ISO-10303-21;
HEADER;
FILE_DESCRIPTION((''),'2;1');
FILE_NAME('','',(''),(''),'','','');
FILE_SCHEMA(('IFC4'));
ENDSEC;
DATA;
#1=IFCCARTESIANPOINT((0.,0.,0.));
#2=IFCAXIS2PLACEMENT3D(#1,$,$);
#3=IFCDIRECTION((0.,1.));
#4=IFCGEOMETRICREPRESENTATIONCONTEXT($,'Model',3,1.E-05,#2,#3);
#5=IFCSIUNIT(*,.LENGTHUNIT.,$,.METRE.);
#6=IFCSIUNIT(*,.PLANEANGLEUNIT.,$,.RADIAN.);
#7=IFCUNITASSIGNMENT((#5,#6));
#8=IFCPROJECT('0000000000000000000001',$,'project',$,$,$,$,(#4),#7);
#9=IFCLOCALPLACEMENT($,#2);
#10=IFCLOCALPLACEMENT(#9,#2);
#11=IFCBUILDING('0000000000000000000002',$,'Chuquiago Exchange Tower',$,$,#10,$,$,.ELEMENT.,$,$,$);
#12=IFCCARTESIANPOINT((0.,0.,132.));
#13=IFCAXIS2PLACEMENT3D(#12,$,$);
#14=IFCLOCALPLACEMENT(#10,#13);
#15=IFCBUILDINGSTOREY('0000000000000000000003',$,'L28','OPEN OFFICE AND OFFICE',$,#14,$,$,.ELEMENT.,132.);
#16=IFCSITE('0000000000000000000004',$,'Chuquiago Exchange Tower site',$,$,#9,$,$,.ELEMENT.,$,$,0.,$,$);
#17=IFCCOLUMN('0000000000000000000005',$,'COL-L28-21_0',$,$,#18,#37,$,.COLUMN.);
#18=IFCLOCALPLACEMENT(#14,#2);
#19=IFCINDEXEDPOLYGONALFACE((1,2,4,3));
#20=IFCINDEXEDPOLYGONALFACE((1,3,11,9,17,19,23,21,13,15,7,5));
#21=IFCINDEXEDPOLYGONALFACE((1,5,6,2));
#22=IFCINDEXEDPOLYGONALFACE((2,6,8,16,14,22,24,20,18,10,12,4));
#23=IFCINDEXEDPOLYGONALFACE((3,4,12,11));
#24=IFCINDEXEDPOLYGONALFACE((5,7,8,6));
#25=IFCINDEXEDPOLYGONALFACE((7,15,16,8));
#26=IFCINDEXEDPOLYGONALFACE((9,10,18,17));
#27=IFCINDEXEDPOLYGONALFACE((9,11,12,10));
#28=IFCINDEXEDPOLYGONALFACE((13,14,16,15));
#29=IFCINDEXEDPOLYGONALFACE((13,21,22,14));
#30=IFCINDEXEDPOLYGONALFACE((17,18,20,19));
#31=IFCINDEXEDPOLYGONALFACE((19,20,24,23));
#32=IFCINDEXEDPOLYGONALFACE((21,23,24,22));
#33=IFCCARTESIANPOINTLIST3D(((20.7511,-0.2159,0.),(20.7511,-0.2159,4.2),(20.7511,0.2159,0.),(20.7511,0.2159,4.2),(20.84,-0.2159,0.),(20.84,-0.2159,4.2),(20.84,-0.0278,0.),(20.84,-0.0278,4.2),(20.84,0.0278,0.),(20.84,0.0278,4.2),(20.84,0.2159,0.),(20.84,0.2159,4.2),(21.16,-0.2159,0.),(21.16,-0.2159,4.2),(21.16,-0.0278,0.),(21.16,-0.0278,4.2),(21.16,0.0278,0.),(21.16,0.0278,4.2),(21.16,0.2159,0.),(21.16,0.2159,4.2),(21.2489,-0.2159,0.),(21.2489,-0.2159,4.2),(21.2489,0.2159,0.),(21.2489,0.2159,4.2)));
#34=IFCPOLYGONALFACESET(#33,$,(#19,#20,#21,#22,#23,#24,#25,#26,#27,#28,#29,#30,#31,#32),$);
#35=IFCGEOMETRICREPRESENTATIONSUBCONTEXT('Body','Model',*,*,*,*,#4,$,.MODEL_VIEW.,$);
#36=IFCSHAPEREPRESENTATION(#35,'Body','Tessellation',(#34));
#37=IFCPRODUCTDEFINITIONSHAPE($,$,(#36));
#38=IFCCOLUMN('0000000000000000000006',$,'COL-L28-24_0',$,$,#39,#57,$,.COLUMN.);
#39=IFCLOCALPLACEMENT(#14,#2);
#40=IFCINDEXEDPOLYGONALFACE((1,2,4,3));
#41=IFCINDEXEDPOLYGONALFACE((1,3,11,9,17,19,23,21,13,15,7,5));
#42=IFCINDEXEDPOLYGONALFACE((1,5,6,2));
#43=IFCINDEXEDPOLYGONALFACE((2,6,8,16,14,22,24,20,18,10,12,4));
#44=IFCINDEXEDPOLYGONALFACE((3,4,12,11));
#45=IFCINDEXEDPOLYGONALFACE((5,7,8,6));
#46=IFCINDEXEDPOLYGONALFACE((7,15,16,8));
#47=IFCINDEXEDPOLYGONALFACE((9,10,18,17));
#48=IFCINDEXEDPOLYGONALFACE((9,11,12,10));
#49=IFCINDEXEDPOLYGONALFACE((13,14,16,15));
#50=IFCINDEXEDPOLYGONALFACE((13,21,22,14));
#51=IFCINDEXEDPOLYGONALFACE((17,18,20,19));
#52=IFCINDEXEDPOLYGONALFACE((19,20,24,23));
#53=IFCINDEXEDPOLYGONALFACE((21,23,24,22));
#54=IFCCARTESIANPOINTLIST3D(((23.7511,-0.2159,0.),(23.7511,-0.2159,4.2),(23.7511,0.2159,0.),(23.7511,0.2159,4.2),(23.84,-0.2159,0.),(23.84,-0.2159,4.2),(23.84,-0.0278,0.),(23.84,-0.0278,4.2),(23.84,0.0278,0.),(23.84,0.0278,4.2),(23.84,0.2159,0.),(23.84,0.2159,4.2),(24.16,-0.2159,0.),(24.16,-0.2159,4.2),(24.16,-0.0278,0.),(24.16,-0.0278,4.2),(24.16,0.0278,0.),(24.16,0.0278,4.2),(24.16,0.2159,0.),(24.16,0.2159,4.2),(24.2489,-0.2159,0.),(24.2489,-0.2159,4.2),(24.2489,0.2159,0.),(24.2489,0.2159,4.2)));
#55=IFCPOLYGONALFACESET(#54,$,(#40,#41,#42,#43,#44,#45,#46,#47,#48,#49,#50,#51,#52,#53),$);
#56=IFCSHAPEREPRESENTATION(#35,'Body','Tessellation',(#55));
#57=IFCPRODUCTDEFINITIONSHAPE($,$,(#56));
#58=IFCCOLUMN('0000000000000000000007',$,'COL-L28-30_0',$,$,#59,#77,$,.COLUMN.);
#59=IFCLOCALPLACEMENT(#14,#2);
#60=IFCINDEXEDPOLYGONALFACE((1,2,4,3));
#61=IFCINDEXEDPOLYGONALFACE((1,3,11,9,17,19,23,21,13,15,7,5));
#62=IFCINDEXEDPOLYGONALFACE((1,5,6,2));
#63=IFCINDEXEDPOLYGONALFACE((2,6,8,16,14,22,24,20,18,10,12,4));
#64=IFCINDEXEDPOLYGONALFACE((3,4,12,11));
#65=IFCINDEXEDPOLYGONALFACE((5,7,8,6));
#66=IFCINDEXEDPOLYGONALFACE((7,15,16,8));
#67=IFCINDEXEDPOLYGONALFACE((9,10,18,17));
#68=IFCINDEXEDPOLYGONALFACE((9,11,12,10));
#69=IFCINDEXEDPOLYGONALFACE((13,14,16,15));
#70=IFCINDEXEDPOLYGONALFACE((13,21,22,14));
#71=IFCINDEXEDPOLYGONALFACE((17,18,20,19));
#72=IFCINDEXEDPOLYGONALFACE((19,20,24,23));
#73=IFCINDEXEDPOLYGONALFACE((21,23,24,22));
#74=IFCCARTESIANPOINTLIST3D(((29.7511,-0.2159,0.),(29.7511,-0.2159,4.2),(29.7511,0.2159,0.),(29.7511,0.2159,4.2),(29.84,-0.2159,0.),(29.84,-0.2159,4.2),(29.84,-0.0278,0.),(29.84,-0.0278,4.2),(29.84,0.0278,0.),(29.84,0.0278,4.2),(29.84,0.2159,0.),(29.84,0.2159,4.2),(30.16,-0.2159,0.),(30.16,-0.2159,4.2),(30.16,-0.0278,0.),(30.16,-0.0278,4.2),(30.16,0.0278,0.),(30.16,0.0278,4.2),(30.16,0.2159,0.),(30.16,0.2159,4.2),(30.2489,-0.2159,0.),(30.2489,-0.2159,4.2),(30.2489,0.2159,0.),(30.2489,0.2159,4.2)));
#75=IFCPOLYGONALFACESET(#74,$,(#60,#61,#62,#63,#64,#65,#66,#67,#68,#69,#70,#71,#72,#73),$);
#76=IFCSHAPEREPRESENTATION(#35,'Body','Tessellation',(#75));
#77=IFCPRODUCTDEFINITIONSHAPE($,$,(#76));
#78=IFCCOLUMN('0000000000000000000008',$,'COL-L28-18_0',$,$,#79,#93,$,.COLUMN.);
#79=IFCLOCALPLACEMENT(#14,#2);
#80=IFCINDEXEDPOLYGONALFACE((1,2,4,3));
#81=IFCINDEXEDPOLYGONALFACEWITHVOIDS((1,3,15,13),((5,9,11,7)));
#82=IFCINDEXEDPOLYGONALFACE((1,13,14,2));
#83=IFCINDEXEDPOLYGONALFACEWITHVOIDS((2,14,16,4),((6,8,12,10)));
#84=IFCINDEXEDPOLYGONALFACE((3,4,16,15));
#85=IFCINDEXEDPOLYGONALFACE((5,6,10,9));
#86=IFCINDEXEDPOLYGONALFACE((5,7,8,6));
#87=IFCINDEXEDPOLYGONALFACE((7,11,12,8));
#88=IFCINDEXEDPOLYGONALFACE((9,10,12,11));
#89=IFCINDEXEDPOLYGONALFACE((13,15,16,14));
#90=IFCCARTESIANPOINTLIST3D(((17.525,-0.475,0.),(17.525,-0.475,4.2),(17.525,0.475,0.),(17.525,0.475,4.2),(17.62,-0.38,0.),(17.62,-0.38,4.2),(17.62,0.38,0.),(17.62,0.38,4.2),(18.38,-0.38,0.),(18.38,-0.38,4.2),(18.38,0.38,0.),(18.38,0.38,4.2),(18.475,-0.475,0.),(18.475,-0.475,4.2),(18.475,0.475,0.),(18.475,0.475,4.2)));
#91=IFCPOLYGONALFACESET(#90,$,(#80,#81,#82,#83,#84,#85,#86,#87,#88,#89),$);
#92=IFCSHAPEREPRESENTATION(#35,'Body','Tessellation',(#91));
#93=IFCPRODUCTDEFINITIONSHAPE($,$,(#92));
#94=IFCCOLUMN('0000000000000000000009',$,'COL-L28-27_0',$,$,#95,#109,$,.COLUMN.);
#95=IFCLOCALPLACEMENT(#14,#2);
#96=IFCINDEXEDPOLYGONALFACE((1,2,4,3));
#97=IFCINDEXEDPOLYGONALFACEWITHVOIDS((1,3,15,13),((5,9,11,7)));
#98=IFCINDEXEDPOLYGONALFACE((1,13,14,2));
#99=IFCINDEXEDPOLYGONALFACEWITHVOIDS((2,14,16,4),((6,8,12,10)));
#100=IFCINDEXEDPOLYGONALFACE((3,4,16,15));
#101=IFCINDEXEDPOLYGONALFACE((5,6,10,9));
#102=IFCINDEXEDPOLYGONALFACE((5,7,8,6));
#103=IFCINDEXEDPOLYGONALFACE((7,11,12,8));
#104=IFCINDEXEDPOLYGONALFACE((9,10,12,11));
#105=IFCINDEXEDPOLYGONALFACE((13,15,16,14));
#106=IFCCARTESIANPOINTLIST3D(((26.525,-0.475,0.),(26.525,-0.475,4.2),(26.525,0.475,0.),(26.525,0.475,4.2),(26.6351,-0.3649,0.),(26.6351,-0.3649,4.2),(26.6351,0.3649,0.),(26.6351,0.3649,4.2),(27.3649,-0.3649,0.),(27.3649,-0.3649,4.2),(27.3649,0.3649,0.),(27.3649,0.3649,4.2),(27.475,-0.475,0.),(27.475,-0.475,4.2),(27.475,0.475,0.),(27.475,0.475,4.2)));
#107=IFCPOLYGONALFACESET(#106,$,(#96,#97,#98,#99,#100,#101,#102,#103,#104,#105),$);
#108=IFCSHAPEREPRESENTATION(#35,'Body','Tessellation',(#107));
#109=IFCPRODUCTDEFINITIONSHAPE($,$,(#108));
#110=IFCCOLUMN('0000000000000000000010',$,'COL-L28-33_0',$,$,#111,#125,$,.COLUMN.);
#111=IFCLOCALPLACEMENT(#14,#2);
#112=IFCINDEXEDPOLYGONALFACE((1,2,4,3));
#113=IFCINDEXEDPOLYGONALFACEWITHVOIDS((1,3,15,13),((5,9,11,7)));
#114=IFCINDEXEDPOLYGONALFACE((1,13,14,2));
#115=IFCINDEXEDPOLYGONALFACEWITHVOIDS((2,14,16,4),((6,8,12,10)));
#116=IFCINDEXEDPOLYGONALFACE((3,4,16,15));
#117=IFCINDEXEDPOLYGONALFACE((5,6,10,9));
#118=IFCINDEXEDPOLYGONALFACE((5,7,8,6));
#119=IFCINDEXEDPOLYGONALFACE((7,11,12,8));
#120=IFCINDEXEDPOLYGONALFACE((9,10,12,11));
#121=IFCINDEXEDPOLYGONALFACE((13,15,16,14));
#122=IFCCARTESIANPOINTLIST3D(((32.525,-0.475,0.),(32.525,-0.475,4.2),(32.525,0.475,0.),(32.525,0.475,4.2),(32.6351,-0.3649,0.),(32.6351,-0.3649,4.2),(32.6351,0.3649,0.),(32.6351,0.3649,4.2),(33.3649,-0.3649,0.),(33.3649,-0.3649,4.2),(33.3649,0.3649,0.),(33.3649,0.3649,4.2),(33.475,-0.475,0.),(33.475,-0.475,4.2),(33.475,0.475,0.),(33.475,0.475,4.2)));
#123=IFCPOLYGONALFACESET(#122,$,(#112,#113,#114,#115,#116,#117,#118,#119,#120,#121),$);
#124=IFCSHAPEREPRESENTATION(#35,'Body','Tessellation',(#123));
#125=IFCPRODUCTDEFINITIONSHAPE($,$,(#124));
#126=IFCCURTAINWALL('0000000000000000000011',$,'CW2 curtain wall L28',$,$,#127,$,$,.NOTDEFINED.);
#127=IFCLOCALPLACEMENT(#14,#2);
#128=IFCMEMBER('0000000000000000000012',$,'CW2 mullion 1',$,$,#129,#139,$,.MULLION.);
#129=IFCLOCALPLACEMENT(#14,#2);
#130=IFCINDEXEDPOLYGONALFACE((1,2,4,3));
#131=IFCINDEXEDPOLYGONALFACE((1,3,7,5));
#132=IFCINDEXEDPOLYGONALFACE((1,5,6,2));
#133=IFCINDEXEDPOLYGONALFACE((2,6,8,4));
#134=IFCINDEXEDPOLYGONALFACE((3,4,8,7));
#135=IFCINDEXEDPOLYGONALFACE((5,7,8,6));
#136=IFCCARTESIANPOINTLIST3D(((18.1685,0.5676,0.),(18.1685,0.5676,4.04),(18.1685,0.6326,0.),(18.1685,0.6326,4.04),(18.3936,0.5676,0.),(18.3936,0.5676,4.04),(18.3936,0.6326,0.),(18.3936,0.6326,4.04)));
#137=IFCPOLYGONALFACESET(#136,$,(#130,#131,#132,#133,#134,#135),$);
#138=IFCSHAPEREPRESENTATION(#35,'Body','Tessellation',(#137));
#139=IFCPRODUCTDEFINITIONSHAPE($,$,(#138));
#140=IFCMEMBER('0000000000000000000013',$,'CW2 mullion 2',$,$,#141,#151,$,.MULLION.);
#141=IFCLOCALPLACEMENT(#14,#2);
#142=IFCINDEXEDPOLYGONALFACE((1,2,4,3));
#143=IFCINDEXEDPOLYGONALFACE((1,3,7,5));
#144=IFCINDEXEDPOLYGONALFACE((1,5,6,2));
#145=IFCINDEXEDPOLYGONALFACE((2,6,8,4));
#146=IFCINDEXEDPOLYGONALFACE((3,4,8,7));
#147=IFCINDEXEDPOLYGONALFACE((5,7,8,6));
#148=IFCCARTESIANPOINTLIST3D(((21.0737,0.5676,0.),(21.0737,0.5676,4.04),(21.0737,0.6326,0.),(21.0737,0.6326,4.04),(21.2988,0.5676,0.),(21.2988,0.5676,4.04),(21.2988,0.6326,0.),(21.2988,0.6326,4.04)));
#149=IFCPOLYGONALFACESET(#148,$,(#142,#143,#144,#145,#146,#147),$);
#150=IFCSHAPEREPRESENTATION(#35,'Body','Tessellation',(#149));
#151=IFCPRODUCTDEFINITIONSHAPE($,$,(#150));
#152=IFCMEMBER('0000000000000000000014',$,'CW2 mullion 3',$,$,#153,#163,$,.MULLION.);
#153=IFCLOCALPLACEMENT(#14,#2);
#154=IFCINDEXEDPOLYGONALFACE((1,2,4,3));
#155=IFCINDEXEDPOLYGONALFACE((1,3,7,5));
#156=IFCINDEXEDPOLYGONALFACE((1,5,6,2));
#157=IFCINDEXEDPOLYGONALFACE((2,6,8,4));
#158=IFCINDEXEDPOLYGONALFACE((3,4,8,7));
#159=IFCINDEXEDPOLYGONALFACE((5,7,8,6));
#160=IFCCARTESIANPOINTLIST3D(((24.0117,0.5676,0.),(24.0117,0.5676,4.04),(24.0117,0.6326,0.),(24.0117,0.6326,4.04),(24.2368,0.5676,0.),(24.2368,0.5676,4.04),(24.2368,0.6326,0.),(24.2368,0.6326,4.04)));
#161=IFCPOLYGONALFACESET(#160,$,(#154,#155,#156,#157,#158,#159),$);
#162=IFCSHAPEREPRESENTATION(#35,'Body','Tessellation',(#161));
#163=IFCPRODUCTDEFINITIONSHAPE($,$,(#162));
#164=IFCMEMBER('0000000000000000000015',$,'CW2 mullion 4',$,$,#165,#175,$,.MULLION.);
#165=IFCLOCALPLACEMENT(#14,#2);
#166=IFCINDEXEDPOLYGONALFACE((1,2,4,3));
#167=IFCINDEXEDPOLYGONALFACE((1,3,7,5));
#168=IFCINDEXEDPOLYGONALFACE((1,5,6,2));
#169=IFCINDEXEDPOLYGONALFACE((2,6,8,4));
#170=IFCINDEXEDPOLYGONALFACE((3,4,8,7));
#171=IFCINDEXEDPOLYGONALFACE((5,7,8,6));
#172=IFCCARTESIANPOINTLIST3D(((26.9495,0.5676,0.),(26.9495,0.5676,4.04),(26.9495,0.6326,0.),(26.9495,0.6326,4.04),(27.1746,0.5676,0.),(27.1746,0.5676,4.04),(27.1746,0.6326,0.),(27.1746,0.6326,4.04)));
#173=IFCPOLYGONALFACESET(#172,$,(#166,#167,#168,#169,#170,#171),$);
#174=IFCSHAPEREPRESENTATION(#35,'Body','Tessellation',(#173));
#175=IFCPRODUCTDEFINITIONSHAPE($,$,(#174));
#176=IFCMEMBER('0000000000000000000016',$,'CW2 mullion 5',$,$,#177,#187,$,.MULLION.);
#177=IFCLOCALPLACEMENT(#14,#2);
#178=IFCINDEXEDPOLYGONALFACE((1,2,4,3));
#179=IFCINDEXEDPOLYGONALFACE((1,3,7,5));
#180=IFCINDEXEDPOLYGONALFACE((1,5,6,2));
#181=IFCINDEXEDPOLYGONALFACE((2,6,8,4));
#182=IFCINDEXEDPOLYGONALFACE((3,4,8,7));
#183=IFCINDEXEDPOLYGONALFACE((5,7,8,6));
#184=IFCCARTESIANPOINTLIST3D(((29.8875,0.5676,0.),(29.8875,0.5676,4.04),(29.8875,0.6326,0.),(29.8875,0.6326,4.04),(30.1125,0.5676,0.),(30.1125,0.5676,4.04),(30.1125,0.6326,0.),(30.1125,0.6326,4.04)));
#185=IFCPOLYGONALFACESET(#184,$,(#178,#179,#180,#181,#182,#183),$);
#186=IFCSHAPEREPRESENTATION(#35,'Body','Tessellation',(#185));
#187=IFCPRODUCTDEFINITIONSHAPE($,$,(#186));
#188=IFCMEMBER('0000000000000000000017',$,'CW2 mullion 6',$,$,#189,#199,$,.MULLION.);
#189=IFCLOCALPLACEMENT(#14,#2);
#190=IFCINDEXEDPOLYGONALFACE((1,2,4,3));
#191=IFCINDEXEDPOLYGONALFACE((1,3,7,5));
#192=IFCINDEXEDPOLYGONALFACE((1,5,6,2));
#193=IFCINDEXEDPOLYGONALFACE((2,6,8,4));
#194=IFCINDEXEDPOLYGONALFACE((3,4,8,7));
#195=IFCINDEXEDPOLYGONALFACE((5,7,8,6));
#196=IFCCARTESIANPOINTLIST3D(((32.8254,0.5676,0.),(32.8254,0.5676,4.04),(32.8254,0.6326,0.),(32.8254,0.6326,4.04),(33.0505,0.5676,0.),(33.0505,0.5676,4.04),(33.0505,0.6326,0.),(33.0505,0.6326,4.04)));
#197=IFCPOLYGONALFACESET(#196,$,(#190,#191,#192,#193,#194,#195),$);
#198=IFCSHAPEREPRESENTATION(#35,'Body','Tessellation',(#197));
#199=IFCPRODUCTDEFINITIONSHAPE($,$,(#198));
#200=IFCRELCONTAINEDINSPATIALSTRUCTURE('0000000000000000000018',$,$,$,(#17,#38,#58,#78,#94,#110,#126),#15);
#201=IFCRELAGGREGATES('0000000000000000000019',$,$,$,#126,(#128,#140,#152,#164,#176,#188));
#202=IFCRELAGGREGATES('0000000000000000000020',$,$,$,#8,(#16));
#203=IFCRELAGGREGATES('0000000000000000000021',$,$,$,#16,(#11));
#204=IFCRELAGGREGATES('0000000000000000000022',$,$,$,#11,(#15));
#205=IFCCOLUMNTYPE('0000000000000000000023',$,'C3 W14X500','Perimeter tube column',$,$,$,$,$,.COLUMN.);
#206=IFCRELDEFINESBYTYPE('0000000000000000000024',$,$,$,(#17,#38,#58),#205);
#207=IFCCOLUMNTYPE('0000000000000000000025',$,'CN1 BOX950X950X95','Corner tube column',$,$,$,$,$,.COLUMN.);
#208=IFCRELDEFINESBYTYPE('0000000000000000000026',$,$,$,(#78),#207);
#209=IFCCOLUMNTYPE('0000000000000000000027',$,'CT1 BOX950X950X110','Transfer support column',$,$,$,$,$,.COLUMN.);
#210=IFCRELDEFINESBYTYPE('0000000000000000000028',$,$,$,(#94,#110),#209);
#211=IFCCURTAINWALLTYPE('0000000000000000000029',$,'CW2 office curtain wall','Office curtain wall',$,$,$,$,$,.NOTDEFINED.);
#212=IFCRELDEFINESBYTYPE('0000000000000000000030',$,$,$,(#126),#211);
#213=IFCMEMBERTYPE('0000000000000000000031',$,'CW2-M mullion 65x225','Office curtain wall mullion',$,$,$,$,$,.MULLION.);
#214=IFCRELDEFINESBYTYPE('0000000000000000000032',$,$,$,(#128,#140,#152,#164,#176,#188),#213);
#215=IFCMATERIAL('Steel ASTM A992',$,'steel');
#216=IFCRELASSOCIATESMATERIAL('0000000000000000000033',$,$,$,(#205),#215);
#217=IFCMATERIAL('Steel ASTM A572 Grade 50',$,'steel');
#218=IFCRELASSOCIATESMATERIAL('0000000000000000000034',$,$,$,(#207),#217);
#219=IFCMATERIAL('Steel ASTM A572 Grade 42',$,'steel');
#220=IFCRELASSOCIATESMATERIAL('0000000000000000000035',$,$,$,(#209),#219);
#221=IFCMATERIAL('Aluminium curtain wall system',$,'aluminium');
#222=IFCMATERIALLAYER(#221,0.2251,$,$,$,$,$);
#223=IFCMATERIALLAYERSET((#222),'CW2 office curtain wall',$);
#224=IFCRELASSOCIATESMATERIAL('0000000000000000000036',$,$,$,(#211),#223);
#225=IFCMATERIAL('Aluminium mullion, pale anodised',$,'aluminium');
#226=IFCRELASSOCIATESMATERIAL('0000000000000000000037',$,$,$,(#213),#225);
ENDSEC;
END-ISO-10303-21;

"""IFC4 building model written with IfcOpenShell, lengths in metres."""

from ifc_helpers import new_model, si_unit, direction, frame, origin, origin_2d, place, context, subcontext, project, spatial, rectangle, hollow_rectangle, i_section, extrude, material, layer, layer_set, material_profile, profile_set, type_object, element, aggregate, save


model = new_model("IFC4")

# Units and contexts
model_context = context("Model", 3, precision=1e-05, world=origin(), true_north=direction((0.0, 1.0)))
body_context = subcontext(model_context, "Body", "Model", "MODEL_VIEW")
ifc_project = project(units=[si_unit("LENGTHUNIT", "METRE"), si_unit("PLANEANGLEUNIT", "RADIAN")], contexts=[model_context])

# Site, building, storey
site_placement = place(None, origin())
site = spatial("IfcSite", under=ifc_project, at=site_placement, Name="Chuquiago Exchange Tower site", CompositionType="ELEMENT", RefElevation=0.0)
building_placement = place(site_placement, origin())
building = spatial("IfcBuilding", under=site, at=building_placement, Name="Chuquiago Exchange Tower", CompositionType="ELEMENT")
storey_placement = place(building_placement, frame((0.0, 0.0, 132.0)))
storey = spatial("IfcBuildingStorey", under=building, at=storey_placement, Name="L28", Description="OPEN OFFICE AND OFFICE", CompositionType="ELEMENT", Elevation=132.0)

# Columns
ifc_material_1 = material(Name="Steel ASTM A992", Category="steel")
ifc_material_profile_1 = material_profile(ifc_material_1, i_section(OverallWidth=0.4319, OverallDepth=0.4978, WebThickness=0.0557, FlangeThickness=0.0889, at=origin_2d()), Name="W14X500")
ifc_profile_set_1 = profile_set([ifc_material_profile_1], Name="Steel ASTM A992")
column_type_1 = type_object("IfcColumnType", Name="C3 W14X500", Description="Perimeter tube column", PredefinedType="COLUMN", material=ifc_profile_set_1)
for number, where, z_axis, x_axis, name in (
    (1, (21.0, 0.0, 0.0), (0.0, 0.0, 1.0), (0.0, -1.0, 0.0), "COL-L28-21_0"),
    (2, (24.0, 0.0, 0.0), (0.0, 0.0, 1.0), (0.0, -1.0, 0.0), "COL-L28-24_0"),
    (3, (30.0, 0.0, 0.0), (0.0, 0.0, 1.0), (0.0, -1.0, 0.0), "COL-L28-30_0"),
):
    element("IfcColumn", number, at=place(storey_placement, frame(where, z_axis=z_axis, x_axis=x_axis)), inside=storey, type_object=column_type_1, Name=name, PredefinedType="COLUMN", context=body_context, shape_type="SweptSolid", body=[
        extrude(i_section(OverallWidth=0.4319, OverallDepth=0.4978, WebThickness=0.0557, FlangeThickness=0.0889, at=origin_2d()), origin(), (0.0, 0.0, 1.0), 4.2),
    ])
ifc_material_2 = material(Name="Steel ASTM A572 Grade 50", Category="steel")
ifc_material_profile_2 = material_profile(ifc_material_2, hollow_rectangle(XDim=0.95, YDim=0.95, WallThickness=0.095, at=origin_2d()), Name="BOX950X950X95")
ifc_profile_set_2 = profile_set([ifc_material_profile_2], Name="Steel ASTM A572 Grade 50")
column_type_2 = type_object("IfcColumnType", Name="CN1 BOX950X950X95", Description="Corner tube column", PredefinedType="COLUMN", material=ifc_profile_set_2)
column_placement = place(storey_placement, frame((18.0, 0.0, 0.0), z_axis=(0.0, 0.0, 1.0), x_axis=(0.0, -1.0, 0.0)))
element("IfcColumn", 4, at=column_placement, inside=storey, type_object=column_type_2, Name="COL-L28-18_0", PredefinedType="COLUMN", context=body_context, shape_type="SweptSolid", body=[
    extrude(hollow_rectangle(XDim=0.95, YDim=0.95, WallThickness=0.095, at=origin_2d()), origin(), (0.0, 0.0, 1.0), 4.2),
])
ifc_material_3 = material(Name="Steel ASTM A572 Grade 42", Category="steel")
ifc_material_profile_3 = material_profile(ifc_material_3, hollow_rectangle(XDim=0.95, YDim=0.95, WallThickness=0.1101, at=origin_2d()), Name="BOX950X950X110")
ifc_profile_set_3 = profile_set([ifc_material_profile_3], Name="Steel ASTM A572 Grade 42")
column_type_3 = type_object("IfcColumnType", Name="CT1 BOX950X950X110", Description="Transfer support column", PredefinedType="COLUMN", material=ifc_profile_set_3)
for number, where, z_axis, x_axis, name in (
    (5, (27.0, 0.0, 0.0), (0.0, 0.0, 1.0), (0.0, -1.0, 0.0), "COL-L28-27_0"),
    (6, (33.0, 0.0, 0.0), (0.0, 0.0, 1.0), (0.0, -1.0, 0.0), "COL-L28-33_0"),
):
    element("IfcColumn", number, at=place(storey_placement, frame(where, z_axis=z_axis, x_axis=x_axis)), inside=storey, type_object=column_type_3, Name=name, PredefinedType="COLUMN", context=body_context, shape_type="SweptSolid", body=[
        extrude(hollow_rectangle(XDim=0.95, YDim=0.95, WallThickness=0.1101, at=origin_2d()), origin(), (0.0, 0.0, 1.0), 4.2),
    ])

# Curtain wall, members
ifc_material_4 = material(Name="Aluminium curtain wall system", Category="aluminium")
ifc_layer_1 = layer(ifc_material_4, 0.2251)
ifc_layer_set_1 = layer_set([ifc_layer_1], Name="CW2 office curtain wall")
curtain_wall_type_1 = type_object("IfcCurtainWallType", Name="CW2 office curtain wall", Description="Office curtain wall", PredefinedType="NOTDEFINED", material=ifc_layer_set_1)
curtain_wall_1_placement = place(storey_placement, origin())
curtain_wall_1 = element("IfcCurtainWall", 7, at=curtain_wall_1_placement, inside=storey, type_object=curtain_wall_type_1, Name="CW2 curtain wall L28", PredefinedType="NOTDEFINED")
ifc_material_5 = material(Name="Aluminium mullion, pale anodised", Category="aluminium")
ifc_material_profile_4 = material_profile(ifc_material_5, rectangle(XDim=0.0649, YDim=0.2251, at=origin_2d()), Name="AL 65x225")
ifc_profile_set_4 = profile_set([ifc_material_profile_4], Name="Aluminium mullion, pale anodised")
member_type_1 = type_object("IfcMemberType", Name="CW2-M mullion 65x225", Description="Office curtain wall mullion", PredefinedType="MULLION", material=ifc_profile_set_4)
member_1_placement = place(storey_placement, frame((18.281, 0.6001, 0.0), z_axis=(0.0, 0.0, 1.0), x_axis=(0.0, 1.0, 0.0)))
member_1 = element("IfcMember", 8, at=member_1_placement, type_object=member_type_1, Name="CW2 mullion 1", PredefinedType="MULLION", context=body_context, shape_type="SweptSolid", body=[
    extrude(rectangle(XDim=0.0649, YDim=0.2251, at=origin_2d()), origin(), (0.0, 0.0, 1.0), 4.04),
])
member_2_placement = place(storey_placement, frame((21.1863, 0.6001, 0.0), z_axis=(0.0, 0.0, 1.0), x_axis=(0.0, 1.0, 0.0)))
member_2 = element("IfcMember", 9, at=member_2_placement, type_object=member_type_1, Name="CW2 mullion 2", PredefinedType="MULLION", context=body_context, shape_type="SweptSolid", body=[
    extrude(rectangle(XDim=0.0649, YDim=0.2251, at=origin_2d()), origin(), (0.0, 0.0, 1.0), 4.04),
])
member_3_placement = place(storey_placement, frame((24.1243, 0.6001, 0.0), z_axis=(0.0, 0.0, 1.0), x_axis=(0.0, 1.0, 0.0)))
member_3 = element("IfcMember", 10, at=member_3_placement, type_object=member_type_1, Name="CW2 mullion 3", PredefinedType="MULLION", context=body_context, shape_type="SweptSolid", body=[
    extrude(rectangle(XDim=0.0649, YDim=0.2251, at=origin_2d()), origin(), (0.0, 0.0, 1.0), 4.04),
])
member_4_placement = place(storey_placement, frame((27.062, 0.6001, 0.0), z_axis=(0.0, 0.0, 1.0), x_axis=(0.0, 1.0, 0.0)))
member_4 = element("IfcMember", 11, at=member_4_placement, type_object=member_type_1, Name="CW2 mullion 4", PredefinedType="MULLION", context=body_context, shape_type="SweptSolid", body=[
    extrude(rectangle(XDim=0.0649, YDim=0.2251, at=origin_2d()), origin(), (0.0, 0.0, 1.0), 4.04),
])
member_5_placement = place(storey_placement, frame((30.0, 0.6001, 0.0), z_axis=(0.0, 0.0, 1.0), x_axis=(0.0, 1.0, 0.0)))
member_5 = element("IfcMember", 12, at=member_5_placement, type_object=member_type_1, Name="CW2 mullion 5", PredefinedType="MULLION", context=body_context, shape_type="SweptSolid", body=[
    extrude(rectangle(XDim=0.0649, YDim=0.2251, at=origin_2d()), origin(), (0.0, 0.0, 1.0), 4.04),
])
member_6_placement = place(storey_placement, frame((32.938, 0.6001, 0.0), z_axis=(0.0, 0.0, 1.0), x_axis=(0.0, 1.0, 0.0)))
member_6 = element("IfcMember", 13, at=member_6_placement, type_object=member_type_1, Name="CW2 mullion 6", PredefinedType="MULLION", context=body_context, shape_type="SweptSolid", body=[
    extrude(rectangle(XDim=0.0649, YDim=0.2251, at=origin_2d()), origin(), (0.0, 0.0, 1.0), 4.04),
])

aggregate(curtain_wall_1, [member_1, member_2, member_3, member_4, member_5, member_6])

save(model, "model.ifc")
